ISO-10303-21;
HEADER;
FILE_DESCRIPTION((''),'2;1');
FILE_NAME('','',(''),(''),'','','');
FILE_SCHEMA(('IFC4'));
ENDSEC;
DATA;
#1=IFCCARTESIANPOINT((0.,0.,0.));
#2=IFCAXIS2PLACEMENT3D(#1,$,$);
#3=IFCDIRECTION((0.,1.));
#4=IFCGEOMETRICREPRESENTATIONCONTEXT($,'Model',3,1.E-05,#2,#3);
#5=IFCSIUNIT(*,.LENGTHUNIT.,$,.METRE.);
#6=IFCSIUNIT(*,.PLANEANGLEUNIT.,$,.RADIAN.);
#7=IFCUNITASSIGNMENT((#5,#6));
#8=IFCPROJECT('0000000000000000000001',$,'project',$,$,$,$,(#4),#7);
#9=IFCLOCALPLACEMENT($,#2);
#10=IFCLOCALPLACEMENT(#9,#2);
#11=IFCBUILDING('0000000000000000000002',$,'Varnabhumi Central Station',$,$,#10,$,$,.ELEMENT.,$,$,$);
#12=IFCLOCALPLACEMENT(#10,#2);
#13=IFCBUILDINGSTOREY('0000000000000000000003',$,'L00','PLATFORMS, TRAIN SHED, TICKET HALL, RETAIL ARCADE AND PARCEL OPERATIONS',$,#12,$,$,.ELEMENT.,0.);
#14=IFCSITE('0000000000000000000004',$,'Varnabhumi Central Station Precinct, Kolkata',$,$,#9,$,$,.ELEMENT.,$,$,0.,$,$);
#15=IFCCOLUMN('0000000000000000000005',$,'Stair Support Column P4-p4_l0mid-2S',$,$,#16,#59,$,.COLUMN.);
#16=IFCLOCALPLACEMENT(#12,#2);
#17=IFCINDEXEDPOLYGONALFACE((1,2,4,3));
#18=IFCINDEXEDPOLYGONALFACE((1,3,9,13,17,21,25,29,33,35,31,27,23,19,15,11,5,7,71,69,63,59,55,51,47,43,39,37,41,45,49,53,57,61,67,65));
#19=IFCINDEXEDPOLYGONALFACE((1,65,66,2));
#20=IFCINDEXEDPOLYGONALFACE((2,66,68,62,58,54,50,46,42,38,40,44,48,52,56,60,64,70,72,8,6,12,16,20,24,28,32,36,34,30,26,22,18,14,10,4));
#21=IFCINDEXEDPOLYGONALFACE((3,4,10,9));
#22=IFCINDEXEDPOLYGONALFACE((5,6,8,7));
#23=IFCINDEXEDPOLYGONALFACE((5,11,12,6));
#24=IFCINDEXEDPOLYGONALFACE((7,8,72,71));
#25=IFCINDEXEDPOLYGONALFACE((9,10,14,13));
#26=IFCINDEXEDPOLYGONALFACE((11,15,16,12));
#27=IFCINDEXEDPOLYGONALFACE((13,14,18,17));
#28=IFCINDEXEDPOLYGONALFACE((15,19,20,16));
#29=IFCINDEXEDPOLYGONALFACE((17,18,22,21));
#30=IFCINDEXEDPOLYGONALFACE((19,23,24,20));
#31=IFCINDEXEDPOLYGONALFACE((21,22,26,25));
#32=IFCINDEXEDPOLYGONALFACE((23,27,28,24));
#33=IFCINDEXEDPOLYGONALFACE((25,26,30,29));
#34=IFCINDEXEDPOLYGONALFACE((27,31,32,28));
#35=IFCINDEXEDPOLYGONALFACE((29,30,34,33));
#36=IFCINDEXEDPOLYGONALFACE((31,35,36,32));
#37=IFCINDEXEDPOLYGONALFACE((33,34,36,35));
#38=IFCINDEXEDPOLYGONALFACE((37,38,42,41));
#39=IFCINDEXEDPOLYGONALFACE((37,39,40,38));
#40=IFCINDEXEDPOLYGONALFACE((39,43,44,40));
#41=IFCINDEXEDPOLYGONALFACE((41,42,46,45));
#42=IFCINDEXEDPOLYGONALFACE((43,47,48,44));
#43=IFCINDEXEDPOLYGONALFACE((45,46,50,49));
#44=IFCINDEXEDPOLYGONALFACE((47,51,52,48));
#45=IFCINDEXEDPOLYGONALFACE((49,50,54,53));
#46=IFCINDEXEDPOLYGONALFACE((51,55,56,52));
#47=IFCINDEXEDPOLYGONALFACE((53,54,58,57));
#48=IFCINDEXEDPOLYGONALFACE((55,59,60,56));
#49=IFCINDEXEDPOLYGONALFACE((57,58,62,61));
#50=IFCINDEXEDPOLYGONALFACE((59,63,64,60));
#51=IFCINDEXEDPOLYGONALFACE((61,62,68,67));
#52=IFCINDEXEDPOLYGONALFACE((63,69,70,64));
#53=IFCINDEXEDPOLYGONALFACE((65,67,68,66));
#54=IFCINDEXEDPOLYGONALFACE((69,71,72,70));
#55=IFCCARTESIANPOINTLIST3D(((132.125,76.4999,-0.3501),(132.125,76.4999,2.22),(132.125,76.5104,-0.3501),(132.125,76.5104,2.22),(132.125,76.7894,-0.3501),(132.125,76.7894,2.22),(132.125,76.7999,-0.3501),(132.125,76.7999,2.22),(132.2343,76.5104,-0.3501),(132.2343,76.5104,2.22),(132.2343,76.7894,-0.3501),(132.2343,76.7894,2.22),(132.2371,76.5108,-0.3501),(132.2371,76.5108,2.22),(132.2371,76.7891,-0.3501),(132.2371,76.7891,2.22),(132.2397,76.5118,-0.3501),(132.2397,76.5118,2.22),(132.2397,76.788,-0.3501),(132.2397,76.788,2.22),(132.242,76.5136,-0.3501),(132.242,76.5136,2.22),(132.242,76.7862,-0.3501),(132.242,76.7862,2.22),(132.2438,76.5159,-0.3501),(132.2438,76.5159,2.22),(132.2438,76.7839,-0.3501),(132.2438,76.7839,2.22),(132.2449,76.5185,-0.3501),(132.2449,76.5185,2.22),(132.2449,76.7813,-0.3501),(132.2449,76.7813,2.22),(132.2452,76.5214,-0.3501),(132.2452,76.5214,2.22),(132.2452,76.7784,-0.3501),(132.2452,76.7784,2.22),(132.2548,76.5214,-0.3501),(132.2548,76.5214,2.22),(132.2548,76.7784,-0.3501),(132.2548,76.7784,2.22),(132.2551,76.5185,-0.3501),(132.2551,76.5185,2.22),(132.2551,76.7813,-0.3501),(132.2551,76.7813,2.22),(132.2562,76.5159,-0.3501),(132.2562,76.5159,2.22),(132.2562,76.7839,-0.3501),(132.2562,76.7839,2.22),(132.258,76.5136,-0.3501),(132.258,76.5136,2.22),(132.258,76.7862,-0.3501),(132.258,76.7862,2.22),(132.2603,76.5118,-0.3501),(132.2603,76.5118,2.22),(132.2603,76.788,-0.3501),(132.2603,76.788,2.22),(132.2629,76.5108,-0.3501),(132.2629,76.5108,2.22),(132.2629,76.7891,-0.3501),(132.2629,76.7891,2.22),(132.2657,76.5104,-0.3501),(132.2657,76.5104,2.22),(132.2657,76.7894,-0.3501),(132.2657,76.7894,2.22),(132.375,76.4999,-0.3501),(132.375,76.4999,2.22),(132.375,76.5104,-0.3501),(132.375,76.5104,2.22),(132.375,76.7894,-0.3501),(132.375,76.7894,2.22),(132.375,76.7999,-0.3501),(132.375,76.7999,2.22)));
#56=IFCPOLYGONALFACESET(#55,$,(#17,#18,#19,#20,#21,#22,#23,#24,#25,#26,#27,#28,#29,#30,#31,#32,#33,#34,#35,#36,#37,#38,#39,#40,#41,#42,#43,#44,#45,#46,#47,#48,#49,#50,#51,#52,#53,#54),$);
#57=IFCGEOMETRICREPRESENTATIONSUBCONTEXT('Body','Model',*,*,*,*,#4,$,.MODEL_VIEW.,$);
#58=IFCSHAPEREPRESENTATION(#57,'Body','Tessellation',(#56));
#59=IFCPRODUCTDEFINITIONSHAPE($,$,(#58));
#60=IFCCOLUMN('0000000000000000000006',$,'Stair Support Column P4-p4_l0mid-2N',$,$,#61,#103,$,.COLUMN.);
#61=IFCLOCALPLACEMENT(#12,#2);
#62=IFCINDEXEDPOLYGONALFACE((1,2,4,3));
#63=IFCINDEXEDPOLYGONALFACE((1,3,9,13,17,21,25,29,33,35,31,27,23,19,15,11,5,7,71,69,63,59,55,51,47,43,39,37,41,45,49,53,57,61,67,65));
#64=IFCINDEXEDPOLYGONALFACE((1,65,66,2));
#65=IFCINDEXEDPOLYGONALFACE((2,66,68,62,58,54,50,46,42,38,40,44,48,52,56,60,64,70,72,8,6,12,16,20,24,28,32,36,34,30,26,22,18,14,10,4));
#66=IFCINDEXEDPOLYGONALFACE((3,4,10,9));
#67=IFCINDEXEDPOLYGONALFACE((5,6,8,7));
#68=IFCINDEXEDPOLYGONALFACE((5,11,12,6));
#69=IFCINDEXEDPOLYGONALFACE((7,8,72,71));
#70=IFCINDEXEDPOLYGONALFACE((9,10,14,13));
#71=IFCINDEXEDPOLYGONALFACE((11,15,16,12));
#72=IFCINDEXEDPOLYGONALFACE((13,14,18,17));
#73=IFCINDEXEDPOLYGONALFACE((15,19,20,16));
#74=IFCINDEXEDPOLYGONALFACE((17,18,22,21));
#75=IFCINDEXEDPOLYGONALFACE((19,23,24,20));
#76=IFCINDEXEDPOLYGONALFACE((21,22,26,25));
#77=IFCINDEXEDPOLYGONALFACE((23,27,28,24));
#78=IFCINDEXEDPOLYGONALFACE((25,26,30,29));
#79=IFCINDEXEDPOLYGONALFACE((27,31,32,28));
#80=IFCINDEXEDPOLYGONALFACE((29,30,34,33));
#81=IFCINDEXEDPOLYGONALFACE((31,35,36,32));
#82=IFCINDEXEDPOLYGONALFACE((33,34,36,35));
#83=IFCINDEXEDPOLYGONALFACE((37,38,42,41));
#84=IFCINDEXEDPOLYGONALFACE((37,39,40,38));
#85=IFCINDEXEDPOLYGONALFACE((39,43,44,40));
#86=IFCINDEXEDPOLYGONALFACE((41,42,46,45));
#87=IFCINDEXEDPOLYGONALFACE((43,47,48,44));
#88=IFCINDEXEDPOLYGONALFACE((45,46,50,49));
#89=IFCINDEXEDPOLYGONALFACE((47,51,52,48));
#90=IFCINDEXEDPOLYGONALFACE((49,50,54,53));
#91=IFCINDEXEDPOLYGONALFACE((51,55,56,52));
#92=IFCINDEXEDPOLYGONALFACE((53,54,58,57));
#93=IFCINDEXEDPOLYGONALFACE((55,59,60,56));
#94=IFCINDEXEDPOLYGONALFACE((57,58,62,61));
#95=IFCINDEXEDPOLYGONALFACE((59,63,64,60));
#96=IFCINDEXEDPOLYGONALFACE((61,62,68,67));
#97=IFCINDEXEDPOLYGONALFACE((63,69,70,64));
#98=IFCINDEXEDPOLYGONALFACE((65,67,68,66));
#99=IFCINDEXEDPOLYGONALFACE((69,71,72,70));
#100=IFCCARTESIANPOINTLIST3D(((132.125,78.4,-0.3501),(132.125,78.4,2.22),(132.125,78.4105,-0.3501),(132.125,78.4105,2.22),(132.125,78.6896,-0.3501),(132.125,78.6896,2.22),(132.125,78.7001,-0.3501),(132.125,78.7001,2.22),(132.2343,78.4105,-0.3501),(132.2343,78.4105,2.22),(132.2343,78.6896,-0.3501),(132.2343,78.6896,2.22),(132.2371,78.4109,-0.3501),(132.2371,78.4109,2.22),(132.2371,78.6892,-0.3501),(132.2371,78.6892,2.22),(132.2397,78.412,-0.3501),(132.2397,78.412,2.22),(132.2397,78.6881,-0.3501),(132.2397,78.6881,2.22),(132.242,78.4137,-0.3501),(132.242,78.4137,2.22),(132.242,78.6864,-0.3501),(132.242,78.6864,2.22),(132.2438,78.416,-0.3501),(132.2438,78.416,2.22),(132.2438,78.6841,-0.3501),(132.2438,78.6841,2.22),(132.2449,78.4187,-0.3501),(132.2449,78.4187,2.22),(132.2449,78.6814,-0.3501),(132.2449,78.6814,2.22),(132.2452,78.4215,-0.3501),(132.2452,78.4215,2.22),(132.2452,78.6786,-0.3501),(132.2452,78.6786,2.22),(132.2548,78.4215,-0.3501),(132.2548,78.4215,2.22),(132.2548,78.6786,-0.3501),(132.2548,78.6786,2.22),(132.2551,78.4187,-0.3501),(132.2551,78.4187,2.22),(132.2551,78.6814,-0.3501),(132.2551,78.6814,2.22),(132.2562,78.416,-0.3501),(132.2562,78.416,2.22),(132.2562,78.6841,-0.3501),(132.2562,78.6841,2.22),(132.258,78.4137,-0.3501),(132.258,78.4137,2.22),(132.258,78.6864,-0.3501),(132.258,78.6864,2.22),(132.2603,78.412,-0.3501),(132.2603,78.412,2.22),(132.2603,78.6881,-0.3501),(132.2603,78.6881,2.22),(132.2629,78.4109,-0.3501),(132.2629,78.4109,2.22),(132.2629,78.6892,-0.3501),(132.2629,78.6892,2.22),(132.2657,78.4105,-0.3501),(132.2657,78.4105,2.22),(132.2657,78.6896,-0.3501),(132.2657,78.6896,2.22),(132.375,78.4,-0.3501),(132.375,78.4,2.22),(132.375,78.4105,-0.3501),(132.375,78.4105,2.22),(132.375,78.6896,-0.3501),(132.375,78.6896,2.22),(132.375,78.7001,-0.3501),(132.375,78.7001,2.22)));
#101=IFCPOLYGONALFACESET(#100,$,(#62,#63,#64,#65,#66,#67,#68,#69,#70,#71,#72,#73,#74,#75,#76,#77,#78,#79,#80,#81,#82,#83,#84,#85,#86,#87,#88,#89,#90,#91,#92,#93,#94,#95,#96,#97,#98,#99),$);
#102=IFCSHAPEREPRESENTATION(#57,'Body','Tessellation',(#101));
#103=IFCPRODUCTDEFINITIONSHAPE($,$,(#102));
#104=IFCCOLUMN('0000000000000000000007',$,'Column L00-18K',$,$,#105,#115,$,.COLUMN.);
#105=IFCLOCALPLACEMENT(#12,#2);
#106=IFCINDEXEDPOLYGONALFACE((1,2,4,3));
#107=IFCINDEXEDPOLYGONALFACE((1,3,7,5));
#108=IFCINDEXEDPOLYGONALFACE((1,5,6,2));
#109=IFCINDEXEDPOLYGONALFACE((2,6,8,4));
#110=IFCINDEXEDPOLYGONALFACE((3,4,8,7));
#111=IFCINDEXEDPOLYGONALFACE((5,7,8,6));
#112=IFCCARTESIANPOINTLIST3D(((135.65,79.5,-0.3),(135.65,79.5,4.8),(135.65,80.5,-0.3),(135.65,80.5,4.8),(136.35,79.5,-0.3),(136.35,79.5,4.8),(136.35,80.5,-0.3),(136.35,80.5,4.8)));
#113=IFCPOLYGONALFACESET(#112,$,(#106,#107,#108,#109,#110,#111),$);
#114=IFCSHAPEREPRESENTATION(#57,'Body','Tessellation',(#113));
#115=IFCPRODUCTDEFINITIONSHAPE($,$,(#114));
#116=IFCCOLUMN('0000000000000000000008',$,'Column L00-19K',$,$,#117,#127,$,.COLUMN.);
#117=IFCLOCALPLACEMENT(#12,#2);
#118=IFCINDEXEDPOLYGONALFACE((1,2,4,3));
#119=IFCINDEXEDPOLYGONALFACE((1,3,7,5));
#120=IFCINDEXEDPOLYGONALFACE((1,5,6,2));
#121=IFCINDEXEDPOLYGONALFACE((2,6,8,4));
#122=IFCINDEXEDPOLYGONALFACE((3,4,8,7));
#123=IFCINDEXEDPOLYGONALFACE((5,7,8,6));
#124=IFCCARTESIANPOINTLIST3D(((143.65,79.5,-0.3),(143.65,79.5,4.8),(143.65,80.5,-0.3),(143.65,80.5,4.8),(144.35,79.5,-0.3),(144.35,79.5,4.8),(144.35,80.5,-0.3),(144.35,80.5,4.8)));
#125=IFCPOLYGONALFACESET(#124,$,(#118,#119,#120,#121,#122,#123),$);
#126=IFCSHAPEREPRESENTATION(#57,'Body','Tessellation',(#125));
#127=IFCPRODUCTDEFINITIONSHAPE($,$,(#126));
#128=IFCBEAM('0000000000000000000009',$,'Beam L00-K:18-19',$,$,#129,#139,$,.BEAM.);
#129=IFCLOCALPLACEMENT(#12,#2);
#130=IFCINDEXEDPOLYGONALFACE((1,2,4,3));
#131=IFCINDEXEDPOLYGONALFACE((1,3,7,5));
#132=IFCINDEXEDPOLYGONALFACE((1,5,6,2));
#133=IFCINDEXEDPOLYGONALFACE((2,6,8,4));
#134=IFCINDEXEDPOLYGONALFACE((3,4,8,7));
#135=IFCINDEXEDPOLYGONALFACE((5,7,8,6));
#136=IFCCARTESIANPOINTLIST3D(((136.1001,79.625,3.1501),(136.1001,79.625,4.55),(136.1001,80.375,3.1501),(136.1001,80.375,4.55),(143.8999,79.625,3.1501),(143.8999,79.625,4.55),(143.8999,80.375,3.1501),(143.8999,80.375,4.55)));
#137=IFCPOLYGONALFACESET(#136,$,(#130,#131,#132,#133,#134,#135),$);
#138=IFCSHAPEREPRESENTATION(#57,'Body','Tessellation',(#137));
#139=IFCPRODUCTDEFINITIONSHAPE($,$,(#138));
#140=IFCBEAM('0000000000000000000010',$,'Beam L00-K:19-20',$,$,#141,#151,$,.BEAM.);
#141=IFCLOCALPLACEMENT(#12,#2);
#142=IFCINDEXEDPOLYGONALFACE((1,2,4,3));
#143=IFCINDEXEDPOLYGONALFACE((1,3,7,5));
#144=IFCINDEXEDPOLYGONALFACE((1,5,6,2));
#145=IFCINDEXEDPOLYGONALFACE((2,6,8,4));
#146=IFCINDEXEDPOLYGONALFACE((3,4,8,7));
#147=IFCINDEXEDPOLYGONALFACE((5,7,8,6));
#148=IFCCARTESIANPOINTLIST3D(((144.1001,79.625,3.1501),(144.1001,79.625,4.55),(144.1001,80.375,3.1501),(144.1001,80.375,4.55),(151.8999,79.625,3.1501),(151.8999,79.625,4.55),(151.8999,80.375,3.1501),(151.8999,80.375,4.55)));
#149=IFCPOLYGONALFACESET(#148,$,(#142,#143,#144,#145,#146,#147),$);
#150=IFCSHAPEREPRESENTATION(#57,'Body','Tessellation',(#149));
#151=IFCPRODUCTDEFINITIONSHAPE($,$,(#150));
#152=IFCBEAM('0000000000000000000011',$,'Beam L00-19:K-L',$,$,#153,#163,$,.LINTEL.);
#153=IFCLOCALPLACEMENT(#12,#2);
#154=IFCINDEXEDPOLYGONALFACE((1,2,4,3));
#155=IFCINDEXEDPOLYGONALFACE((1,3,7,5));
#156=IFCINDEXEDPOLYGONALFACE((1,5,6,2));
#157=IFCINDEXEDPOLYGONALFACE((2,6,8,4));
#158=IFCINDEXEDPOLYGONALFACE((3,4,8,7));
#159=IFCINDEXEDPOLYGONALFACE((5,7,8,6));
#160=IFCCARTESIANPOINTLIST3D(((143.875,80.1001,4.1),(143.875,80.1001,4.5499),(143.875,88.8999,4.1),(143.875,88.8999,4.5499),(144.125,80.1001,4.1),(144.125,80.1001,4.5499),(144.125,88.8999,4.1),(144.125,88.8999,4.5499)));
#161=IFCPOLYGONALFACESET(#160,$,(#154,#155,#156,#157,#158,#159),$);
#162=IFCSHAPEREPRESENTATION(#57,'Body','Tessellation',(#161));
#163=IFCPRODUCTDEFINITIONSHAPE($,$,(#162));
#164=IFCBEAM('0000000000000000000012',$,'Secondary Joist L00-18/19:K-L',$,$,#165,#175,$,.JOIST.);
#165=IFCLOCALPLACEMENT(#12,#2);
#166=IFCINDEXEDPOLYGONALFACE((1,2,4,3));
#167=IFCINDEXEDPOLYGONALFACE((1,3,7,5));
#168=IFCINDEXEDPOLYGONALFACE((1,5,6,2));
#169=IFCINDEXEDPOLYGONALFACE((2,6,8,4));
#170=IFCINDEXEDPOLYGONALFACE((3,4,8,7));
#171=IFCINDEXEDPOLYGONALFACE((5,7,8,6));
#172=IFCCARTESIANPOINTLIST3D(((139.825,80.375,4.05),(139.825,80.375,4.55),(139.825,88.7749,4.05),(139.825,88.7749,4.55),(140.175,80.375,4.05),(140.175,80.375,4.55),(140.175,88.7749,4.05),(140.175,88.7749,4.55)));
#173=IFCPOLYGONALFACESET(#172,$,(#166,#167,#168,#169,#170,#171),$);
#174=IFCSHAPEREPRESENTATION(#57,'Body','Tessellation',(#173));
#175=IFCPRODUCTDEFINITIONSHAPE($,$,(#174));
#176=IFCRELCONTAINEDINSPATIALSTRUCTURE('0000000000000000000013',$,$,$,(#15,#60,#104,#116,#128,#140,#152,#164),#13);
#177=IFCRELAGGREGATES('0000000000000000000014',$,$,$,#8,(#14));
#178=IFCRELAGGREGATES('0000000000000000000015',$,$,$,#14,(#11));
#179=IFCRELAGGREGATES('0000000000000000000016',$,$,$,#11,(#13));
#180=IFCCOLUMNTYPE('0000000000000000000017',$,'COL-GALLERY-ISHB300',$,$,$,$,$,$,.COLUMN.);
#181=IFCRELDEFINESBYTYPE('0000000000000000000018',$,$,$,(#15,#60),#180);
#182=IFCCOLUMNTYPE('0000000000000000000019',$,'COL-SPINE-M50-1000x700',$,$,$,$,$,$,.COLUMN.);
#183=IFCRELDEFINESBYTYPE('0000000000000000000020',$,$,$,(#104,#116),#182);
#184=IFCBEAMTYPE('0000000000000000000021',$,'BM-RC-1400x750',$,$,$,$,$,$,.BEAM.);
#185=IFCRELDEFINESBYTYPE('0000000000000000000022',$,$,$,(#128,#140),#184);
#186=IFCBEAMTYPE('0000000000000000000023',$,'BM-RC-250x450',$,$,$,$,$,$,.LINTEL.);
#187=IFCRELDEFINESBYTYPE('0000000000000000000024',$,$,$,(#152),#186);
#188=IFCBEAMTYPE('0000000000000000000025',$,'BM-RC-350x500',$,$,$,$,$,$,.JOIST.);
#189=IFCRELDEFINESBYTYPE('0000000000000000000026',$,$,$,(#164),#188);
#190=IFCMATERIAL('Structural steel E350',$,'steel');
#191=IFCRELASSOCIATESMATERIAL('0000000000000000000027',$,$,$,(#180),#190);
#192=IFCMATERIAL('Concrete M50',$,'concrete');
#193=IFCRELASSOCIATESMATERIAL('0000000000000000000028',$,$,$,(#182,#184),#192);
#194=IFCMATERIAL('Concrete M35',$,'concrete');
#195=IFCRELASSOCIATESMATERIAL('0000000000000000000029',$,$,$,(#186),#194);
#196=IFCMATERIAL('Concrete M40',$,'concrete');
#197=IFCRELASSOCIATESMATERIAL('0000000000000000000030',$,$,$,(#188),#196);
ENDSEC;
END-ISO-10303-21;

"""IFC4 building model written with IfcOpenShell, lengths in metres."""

from ifc_helpers import new_model, si_unit, direction, frame, origin, origin_2d, place, context, subcontext, project, spatial, rectangle, i_section, extrude, material, material_profile, profile_set, type_object, element, save


model = new_model("IFC4")

# Units and contexts
model_context = context("Model", 3, precision=1e-05, world=origin(), true_north=direction((0.0, 1.0)))
body_context = subcontext(model_context, "Body", "Model", "MODEL_VIEW")
ifc_project = project(units=[si_unit("LENGTHUNIT", "METRE"), si_unit("PLANEANGLEUNIT", "RADIAN")], contexts=[model_context])

# Site, building, storey
site_placement = place(None, origin())
site = spatial("IfcSite", under=ifc_project, at=site_placement, Name="Varnabhumi Central Station Precinct, Kolkata", CompositionType="ELEMENT", RefElevation=0.0)
building_placement = place(site_placement, origin())
building = spatial("IfcBuilding", under=site, at=building_placement, Name="Varnabhumi Central Station", CompositionType="ELEMENT")
storey_placement = place(building_placement, origin())
storey = spatial("IfcBuildingStorey", under=building, at=storey_placement, Name="L00", Description="PLATFORMS, TRAIN SHED, TICKET HALL, RETAIL ARCADE AND PARCEL OPERATIONS", CompositionType="ELEMENT", Elevation=0.0)

# Shared definitions
ifc_material_1 = material(Name="Concrete M40", Category="concrete")

# Shared definitions
ifc_material_2 = material(Name="Concrete M35", Category="concrete")

# Columns
ifc_material_3 = material(Name="Structural steel E350", Category="steel")
ifc_material_profile_1 = material_profile(ifc_material_3, i_section(OverallWidth=0.25, OverallDepth=0.3, WebThickness=0.0095, FlangeThickness=0.0105, FilletRadius=0.011, at=origin_2d()), Name="Structural steel E350", Category="steel")
ifc_profile_set_1 = profile_set([ifc_material_profile_1], Name="Structural steel E350")
column_type_1 = type_object("IfcColumnType", Name="COL-GALLERY-ISHB300", PredefinedType="COLUMN", material=ifc_profile_set_1)
for number, where, z_axis, x_axis, name in (
    (1, (132.25, 76.6499, -0.3501), (0.0, 0.0, 1.0), (1.0, 0.0, 0.0), "Stair Support Column P4-p4_l0mid-2S"),
    (2, (132.25, 78.55, -0.3501), (0.0, 0.0, 1.0), (1.0, 0.0, 0.0), "Stair Support Column P4-p4_l0mid-2N"),
):
    element("IfcColumn", number, at=place(storey_placement, frame(where, z_axis=z_axis, x_axis=x_axis)), inside=storey, type_object=column_type_1, Name=name, PredefinedType="COLUMN", context=body_context, shape_type="SweptSolid", body=[
        extrude(i_section(OverallWidth=0.25, OverallDepth=0.3, WebThickness=0.0095, FlangeThickness=0.0105, FilletRadius=0.011, at=origin_2d()), origin(), (0.0, 0.0, 1.0), 2.5701),
    ])
ifc_material_4 = material(Name="Concrete M50", Category="concrete")
ifc_material_profile_2 = material_profile(ifc_material_4, rectangle(XDim=0.7, YDim=1.0, at=origin_2d()), Name="Concrete M50", Category="concrete")
ifc_profile_set_2 = profile_set([ifc_material_profile_2], Name="Concrete M50")
column_type_2 = type_object("IfcColumnType", Name="COL-SPINE-M50-1000x700", PredefinedType="COLUMN", material=ifc_profile_set_2)
for number, where, z_axis, x_axis, name in (
    (3, (136.0, 80.0, -0.3), (0.0, 0.0, 1.0), (1.0, 0.0, 0.0), "Column L00-18K"),
    (4, (144.0, 80.0, -0.3), (0.0, 0.0, 1.0), (1.0, 0.0, 0.0), "Column L00-19K"),
):
    element("IfcColumn", number, at=place(storey_placement, frame(where, z_axis=z_axis, x_axis=x_axis)), inside=storey, type_object=column_type_2, Name=name, PredefinedType="COLUMN", context=body_context, shape_type="SweptSolid", body=[
        extrude(rectangle(XDim=0.7, YDim=1.0, at=origin_2d()), origin(), (0.0, 0.0, 1.0), 5.1001),
    ])

# Beams
ifc_material_profile_3 = material_profile(ifc_material_4, rectangle(XDim=0.75, YDim=1.3999, at=origin_2d()), Name="Concrete M50", Category="concrete")
ifc_profile_set_3 = profile_set([ifc_material_profile_3], Name="Concrete M50")
beam_type_1 = type_object("IfcBeamType", Name="BM-RC-1400x750", PredefinedType="BEAM", material=ifc_profile_set_3)
for number, where, z_axis, x_axis, name in (
    (5, (136.1001, 80.0, 3.8501), (1.0, 0.0, 0.0), (0.0, 1.0, 0.0), "Beam L00-K:18-19"),
    (6, (144.1001, 80.0, 3.8501), (1.0, 0.0, 0.0), (0.0, 1.0, 0.0), "Beam L00-K:19-20"),
):
    element("IfcBeam", number, at=place(storey_placement, frame(where, z_axis=z_axis, x_axis=x_axis)), inside=storey, type_object=beam_type_1, Name=name, PredefinedType="BEAM", context=body_context, shape_type="SweptSolid", body=[
        extrude(rectangle(XDim=0.75, YDim=1.3999, at=origin_2d()), origin(), (0.0, 0.0, 1.0), 7.7998),
    ])
ifc_material_profile_4 = material_profile(ifc_material_2, rectangle(XDim=0.25, YDim=0.45, at=origin_2d()), Name="Concrete M35", Category="concrete")
ifc_profile_set_4 = profile_set([ifc_material_profile_4], Name="Concrete M35")
beam_type_2 = type_object("IfcBeamType", Name="BM-RC-250x450", PredefinedType="LINTEL", material=ifc_profile_set_4)
beam_1_placement = place(storey_placement, frame((144.0, 80.1001, 4.325), z_axis=(0.0, 1.0, 0.0), x_axis=(-1.0, 0.0, 0.0)))
element("IfcBeam", 7, at=beam_1_placement, inside=storey, type_object=beam_type_2, Name="Beam L00-19:K-L", PredefinedType="LINTEL", context=body_context, shape_type="SweptSolid", body=[
    extrude(rectangle(XDim=0.25, YDim=0.45, at=origin_2d()), origin(), (0.0, 0.0, 1.0), 8.7998),
])
ifc_material_profile_5 = material_profile(ifc_material_1, rectangle(XDim=0.3501, YDim=0.5, at=origin_2d()), Name="Concrete M40", Category="concrete")
ifc_profile_set_5 = profile_set([ifc_material_profile_5], Name="Concrete M40")
beam_type_3 = type_object("IfcBeamType", Name="BM-RC-350x500", PredefinedType="JOIST", material=ifc_profile_set_5)
beam_2_placement = place(storey_placement, frame((140.0, 80.375, 4.3), z_axis=(0.0, 1.0, 0.0), x_axis=(-1.0, 0.0, 0.0)))
element("IfcBeam", 8, at=beam_2_placement, inside=storey, type_object=beam_type_3, Name="Secondary Joist L00-18/19:K-L", PredefinedType="JOIST", context=body_context, shape_type="SweptSolid", body=[
    extrude(rectangle(XDim=0.3501, YDim=0.5, at=origin_2d()), origin(), (0.0, 0.0, 1.0), 8.3999),
])

save(model, "model.ifc")
